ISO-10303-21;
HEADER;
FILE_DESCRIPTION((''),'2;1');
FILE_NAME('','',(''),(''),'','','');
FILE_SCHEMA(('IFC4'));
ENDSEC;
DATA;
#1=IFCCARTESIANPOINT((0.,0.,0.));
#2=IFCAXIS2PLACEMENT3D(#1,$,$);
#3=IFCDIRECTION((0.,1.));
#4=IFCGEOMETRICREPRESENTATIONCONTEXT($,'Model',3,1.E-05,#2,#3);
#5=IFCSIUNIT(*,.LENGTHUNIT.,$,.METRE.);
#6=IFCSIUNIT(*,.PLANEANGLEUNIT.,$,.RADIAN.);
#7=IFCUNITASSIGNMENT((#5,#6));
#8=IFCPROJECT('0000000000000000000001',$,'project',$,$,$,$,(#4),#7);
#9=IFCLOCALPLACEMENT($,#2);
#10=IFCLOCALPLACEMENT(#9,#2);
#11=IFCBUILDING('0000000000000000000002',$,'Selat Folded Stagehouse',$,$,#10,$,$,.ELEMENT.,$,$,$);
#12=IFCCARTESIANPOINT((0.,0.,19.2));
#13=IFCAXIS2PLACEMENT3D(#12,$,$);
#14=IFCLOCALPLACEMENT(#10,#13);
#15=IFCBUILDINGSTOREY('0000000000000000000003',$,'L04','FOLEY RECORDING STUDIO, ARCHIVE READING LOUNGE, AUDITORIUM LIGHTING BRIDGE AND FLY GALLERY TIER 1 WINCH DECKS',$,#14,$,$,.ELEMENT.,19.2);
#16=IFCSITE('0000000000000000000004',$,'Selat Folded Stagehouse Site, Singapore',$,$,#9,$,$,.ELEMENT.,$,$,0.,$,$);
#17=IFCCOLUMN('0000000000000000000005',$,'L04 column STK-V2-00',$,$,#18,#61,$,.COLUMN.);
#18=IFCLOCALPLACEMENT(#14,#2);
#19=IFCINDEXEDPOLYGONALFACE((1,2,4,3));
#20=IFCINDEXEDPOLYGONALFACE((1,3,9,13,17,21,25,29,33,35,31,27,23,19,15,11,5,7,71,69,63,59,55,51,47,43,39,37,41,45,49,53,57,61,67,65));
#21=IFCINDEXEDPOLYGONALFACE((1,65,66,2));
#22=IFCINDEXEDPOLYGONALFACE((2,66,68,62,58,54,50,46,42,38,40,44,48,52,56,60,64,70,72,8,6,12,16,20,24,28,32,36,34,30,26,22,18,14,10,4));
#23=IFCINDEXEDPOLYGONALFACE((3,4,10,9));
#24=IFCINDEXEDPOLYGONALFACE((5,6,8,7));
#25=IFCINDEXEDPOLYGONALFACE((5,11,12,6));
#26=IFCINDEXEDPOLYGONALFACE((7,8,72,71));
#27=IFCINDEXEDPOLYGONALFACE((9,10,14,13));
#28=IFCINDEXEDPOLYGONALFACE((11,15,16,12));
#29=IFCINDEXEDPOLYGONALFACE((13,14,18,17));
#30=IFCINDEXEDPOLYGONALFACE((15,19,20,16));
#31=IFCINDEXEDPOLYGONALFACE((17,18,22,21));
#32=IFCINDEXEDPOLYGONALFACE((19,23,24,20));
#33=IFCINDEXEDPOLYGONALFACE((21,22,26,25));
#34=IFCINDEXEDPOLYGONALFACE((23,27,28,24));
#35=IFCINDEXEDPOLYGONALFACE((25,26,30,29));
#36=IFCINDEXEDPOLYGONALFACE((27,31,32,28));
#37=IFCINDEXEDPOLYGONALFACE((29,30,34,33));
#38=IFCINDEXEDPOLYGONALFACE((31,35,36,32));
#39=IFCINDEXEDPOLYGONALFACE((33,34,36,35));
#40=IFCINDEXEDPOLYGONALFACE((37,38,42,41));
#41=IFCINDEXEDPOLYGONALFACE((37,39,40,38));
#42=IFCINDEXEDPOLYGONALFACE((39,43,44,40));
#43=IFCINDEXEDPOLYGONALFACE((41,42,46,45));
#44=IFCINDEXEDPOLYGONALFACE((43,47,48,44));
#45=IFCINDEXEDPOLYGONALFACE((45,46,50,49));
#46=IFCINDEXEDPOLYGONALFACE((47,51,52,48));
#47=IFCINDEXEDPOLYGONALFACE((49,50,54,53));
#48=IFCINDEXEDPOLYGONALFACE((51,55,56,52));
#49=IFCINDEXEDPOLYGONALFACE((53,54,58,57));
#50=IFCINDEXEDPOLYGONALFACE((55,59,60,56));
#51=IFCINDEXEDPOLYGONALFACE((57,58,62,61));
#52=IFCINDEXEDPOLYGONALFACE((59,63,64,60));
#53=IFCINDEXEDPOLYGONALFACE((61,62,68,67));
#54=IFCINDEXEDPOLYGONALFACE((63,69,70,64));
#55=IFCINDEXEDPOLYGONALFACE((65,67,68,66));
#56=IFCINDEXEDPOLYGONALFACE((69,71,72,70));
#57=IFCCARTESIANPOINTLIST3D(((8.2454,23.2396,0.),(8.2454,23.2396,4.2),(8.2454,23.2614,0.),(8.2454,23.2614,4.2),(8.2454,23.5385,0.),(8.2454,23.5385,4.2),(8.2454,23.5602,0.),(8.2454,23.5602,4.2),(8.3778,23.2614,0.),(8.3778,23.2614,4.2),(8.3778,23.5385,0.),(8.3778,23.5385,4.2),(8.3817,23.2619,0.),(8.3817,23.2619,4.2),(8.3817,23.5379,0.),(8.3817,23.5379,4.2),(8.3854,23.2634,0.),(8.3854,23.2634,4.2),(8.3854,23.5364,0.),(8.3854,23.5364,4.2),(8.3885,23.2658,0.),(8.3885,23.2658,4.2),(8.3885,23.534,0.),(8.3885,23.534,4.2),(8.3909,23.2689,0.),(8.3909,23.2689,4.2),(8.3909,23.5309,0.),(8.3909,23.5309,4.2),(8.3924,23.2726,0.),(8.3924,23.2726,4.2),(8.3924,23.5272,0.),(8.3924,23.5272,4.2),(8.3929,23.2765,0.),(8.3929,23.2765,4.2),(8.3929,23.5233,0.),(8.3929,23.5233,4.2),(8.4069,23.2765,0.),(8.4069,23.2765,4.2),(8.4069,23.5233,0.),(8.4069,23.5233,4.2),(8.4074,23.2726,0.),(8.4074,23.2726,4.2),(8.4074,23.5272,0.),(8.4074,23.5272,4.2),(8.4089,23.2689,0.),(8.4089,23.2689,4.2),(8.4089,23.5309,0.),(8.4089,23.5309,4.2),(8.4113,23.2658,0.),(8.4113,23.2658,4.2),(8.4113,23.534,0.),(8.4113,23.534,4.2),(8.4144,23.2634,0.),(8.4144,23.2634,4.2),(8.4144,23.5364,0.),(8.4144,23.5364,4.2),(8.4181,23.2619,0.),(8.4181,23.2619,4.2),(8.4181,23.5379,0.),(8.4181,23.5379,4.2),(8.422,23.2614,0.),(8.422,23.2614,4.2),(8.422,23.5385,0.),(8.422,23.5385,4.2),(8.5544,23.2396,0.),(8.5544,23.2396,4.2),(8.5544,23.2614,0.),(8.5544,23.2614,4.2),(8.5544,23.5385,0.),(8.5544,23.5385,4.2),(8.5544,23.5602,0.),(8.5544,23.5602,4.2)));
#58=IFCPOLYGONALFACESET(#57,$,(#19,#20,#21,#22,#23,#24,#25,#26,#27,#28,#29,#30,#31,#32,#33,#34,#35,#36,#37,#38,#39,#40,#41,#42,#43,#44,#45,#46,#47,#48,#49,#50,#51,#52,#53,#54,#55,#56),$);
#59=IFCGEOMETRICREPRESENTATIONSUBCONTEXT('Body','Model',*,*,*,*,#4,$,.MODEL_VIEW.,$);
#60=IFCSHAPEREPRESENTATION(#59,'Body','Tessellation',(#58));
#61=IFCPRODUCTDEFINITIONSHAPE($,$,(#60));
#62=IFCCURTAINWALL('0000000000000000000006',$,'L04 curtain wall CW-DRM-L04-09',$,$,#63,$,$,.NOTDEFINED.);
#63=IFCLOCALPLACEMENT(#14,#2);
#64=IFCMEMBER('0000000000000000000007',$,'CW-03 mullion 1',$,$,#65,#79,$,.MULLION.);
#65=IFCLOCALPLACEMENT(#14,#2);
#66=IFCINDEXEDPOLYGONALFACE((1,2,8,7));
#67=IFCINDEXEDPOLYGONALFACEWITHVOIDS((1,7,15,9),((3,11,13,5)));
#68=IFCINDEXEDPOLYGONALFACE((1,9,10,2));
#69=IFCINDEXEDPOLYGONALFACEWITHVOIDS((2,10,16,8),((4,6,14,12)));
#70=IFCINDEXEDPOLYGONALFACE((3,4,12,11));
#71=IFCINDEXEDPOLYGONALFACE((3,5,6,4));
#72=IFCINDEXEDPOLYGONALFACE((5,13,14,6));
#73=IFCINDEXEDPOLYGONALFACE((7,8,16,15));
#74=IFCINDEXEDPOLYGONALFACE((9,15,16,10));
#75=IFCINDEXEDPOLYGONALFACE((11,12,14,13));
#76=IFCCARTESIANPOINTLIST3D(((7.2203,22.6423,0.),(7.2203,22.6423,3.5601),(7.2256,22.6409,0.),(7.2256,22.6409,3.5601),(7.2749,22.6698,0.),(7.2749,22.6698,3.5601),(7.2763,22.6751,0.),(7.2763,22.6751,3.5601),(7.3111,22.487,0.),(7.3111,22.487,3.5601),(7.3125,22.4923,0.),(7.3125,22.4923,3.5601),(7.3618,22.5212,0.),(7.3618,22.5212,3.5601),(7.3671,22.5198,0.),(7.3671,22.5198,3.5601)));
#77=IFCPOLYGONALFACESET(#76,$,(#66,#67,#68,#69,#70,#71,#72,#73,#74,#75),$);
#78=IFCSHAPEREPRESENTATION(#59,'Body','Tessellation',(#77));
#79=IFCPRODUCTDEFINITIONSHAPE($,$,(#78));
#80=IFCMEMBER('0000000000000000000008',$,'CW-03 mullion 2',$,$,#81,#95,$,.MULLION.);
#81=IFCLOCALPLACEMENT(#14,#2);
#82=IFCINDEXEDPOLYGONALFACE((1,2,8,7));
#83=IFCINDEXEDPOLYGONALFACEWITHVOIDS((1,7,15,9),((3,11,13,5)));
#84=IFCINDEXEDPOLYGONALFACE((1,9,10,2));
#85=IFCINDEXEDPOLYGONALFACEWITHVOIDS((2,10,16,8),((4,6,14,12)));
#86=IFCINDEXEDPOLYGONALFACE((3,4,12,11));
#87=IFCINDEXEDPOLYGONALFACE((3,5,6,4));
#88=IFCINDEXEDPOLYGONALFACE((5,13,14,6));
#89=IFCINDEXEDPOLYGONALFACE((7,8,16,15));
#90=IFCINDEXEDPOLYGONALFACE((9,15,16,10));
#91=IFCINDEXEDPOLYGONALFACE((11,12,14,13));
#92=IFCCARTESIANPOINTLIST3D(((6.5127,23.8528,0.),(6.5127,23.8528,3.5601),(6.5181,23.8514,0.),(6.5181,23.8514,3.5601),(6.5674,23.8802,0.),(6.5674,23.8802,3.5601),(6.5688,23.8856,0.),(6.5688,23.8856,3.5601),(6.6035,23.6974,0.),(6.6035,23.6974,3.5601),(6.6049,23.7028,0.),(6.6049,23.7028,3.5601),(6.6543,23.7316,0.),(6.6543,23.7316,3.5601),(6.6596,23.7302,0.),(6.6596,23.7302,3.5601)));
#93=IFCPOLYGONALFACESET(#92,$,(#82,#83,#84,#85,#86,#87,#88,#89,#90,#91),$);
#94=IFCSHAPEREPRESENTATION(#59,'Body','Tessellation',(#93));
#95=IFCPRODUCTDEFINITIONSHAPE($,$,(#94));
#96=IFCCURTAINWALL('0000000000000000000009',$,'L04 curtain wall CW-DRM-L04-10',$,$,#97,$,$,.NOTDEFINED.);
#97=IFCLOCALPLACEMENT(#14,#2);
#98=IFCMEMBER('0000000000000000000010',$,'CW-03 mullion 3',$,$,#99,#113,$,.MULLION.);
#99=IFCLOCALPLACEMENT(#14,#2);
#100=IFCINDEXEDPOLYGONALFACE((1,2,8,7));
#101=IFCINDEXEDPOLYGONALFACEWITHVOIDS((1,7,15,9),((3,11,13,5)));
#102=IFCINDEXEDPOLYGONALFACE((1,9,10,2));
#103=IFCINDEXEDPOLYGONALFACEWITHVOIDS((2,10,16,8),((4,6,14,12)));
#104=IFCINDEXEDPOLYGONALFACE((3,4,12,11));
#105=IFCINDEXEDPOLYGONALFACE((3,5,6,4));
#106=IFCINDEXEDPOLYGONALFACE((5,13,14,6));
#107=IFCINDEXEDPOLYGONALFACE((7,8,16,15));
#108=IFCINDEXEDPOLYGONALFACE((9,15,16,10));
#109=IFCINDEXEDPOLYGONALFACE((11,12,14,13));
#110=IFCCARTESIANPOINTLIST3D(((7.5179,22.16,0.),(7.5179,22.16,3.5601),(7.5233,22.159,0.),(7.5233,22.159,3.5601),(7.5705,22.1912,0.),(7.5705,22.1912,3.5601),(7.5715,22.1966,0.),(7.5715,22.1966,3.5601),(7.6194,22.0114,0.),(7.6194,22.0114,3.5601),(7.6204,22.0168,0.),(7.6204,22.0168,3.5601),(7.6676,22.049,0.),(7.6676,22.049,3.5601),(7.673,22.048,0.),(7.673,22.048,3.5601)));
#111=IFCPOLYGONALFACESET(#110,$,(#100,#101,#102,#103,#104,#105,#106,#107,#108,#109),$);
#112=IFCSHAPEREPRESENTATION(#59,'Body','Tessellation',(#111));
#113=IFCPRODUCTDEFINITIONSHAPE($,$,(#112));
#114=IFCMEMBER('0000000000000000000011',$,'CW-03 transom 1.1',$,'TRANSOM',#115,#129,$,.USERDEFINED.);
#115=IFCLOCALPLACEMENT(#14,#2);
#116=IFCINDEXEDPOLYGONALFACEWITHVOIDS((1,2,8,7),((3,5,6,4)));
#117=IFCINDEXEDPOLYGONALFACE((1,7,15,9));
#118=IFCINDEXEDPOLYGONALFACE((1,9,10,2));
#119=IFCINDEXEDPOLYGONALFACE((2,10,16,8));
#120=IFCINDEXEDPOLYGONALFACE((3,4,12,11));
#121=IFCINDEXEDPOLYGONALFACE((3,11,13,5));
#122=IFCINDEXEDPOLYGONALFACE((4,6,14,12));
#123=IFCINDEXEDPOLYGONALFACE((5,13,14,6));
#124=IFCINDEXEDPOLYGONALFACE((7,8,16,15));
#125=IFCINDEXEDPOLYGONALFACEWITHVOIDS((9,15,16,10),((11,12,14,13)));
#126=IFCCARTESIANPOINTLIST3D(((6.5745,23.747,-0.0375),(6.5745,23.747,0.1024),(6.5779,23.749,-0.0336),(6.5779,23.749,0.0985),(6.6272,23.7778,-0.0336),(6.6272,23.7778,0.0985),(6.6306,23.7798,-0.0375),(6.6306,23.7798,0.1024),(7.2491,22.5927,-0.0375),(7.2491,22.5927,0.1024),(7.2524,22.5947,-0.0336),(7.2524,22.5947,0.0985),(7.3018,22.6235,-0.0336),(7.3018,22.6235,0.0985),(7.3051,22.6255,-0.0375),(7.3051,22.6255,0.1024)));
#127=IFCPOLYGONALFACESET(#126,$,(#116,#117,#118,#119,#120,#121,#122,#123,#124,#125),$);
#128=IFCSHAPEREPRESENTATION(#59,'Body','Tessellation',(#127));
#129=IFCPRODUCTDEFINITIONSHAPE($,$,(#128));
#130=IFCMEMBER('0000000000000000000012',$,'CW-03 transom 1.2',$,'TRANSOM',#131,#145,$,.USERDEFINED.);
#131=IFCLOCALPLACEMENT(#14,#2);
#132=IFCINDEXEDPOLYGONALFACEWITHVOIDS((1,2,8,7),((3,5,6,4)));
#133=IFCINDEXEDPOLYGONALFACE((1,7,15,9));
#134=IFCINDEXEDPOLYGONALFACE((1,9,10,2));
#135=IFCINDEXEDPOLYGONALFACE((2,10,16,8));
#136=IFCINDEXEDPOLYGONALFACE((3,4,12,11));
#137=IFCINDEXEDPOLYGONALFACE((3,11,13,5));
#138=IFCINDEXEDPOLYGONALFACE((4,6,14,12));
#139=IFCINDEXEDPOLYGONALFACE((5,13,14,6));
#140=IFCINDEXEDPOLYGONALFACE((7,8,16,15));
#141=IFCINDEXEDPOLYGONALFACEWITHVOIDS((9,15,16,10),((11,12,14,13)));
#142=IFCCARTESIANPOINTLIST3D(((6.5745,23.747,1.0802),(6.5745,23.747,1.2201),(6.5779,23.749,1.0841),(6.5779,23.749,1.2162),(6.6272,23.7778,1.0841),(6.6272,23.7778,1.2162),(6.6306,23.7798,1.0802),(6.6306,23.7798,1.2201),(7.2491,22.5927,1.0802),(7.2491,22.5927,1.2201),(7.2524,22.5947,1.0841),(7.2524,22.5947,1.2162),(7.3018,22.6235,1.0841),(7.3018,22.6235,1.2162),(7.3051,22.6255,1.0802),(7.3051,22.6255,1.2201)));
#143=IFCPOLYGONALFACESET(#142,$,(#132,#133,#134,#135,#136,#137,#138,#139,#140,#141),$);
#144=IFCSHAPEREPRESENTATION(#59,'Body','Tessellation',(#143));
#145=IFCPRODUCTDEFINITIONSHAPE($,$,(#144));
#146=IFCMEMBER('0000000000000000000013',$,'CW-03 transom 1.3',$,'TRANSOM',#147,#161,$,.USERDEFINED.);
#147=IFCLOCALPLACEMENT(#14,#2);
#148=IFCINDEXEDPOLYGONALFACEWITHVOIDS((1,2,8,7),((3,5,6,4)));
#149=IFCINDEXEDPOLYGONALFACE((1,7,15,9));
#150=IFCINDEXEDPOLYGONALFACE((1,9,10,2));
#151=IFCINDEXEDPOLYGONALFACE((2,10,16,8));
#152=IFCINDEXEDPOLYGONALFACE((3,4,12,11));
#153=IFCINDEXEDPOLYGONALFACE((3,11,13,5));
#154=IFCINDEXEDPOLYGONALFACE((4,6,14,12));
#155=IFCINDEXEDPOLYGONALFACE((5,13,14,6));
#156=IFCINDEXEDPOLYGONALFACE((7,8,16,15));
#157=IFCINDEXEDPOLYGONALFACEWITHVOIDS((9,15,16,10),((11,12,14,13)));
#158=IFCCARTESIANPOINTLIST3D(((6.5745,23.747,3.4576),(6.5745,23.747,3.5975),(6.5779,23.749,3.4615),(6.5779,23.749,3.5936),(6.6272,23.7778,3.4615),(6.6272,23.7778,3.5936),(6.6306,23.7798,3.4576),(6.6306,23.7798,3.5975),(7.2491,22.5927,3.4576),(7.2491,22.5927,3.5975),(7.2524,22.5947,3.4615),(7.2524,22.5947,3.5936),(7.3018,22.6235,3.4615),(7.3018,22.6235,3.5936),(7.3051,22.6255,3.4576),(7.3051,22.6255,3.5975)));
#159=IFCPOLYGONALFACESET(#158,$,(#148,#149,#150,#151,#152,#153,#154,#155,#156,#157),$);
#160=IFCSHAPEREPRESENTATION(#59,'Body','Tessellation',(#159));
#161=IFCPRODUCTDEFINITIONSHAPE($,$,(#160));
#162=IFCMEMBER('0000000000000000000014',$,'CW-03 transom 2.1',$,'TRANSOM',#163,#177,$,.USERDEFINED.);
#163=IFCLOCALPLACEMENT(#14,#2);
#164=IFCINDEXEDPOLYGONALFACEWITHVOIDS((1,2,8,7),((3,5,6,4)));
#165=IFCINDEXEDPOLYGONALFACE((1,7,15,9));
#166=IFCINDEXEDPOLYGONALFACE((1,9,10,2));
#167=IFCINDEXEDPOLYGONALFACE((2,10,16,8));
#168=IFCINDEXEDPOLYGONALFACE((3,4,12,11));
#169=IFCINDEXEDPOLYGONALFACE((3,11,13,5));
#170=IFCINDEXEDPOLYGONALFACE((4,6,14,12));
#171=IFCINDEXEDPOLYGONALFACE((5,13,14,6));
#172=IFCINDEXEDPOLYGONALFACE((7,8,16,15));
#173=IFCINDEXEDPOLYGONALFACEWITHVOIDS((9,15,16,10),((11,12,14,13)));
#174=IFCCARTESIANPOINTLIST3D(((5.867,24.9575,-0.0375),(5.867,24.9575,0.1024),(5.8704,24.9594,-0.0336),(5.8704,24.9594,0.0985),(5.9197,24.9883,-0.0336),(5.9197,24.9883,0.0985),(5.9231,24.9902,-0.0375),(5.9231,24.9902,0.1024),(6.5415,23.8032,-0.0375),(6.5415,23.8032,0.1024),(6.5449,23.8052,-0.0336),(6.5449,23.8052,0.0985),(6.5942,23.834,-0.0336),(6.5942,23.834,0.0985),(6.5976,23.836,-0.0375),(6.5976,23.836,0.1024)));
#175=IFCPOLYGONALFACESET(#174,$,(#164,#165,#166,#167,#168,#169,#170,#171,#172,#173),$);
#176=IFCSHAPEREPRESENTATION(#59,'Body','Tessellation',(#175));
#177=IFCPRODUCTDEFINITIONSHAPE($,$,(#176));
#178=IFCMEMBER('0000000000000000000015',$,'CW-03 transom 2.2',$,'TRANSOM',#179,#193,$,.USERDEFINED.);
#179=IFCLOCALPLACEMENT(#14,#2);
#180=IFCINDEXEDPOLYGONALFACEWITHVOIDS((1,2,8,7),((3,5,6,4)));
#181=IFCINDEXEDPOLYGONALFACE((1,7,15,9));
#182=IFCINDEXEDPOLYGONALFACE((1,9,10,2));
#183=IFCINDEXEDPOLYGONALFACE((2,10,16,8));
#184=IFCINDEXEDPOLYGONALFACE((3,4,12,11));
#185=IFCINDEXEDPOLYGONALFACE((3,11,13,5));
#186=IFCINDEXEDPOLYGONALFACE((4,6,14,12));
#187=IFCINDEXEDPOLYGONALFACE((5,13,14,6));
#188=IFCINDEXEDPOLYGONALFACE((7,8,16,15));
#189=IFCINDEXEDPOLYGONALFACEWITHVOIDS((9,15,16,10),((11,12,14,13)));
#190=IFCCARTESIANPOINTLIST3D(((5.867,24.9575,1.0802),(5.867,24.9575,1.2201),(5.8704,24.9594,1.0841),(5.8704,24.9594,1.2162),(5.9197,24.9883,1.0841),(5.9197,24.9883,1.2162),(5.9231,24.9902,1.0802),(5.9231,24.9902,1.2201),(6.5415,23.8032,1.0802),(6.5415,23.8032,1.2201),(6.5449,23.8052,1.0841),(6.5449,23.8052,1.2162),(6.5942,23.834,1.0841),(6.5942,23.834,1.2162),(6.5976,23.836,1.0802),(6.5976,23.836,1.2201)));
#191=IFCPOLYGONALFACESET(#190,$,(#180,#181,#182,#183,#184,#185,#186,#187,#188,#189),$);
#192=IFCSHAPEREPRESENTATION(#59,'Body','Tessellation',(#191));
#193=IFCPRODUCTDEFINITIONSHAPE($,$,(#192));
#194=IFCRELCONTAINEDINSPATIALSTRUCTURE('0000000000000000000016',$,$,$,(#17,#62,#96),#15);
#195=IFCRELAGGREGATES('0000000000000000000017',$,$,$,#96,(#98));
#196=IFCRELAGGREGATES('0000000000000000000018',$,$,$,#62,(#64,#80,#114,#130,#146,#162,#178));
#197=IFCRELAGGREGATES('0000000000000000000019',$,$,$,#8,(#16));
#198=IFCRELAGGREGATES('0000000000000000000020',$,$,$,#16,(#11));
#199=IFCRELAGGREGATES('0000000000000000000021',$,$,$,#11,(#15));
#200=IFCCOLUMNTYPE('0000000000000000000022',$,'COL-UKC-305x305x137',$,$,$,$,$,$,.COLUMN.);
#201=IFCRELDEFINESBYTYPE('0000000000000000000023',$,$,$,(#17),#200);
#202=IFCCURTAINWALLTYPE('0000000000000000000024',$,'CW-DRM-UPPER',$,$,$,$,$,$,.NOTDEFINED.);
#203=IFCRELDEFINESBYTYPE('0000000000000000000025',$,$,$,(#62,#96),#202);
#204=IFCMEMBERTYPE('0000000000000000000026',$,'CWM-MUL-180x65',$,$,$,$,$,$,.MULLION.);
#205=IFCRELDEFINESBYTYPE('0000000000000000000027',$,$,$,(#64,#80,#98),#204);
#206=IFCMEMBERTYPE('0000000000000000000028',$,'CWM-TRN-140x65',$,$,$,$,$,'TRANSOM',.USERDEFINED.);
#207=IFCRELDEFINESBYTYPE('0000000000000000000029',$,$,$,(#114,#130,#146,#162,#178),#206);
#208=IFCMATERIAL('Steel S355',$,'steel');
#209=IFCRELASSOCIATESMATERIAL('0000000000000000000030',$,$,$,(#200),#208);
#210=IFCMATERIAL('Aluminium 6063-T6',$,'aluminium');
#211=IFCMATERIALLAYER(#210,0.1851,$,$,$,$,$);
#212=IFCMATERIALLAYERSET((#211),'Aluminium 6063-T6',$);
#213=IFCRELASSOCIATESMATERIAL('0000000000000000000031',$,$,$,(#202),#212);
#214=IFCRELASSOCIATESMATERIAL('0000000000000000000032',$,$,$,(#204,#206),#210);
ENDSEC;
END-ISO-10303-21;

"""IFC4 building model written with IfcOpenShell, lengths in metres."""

from ifc_helpers import new_model, si_unit, direction, frame, origin, origin_2d, place, context, subcontext, project, spatial, hollow_rectangle, i_section, extrude, material, layer, layer_set, material_profile, profile_set, type_object, element, aggregate, save


model = new_model("IFC4")

# Units and contexts
model_context = context("Model", 3, precision=1e-05, world=origin(), true_north=direction((0.0, 1.0)))
body_context = subcontext(model_context, "Body", "Model", "MODEL_VIEW")
ifc_project = project(units=[si_unit("LENGTHUNIT", "METRE"), si_unit("PLANEANGLEUNIT", "RADIAN")], contexts=[model_context])

# Site, building, storey
site_placement = place(None, origin())
site = spatial("IfcSite", under=ifc_project, at=site_placement, Name="Selat Folded Stagehouse Site, Singapore", CompositionType="ELEMENT", RefElevation=0.0)
building_placement = place(site_placement, origin())
building = spatial("IfcBuilding", under=site, at=building_placement, Name="Selat Folded Stagehouse", CompositionType="ELEMENT")
storey_placement = place(building_placement, frame((0.0, 0.0, 19.2)))
storey = spatial("IfcBuildingStorey", under=building, at=storey_placement, Name="L04", Description="FOLEY RECORDING STUDIO, ARCHIVE READING LOUNGE, AUDITORIUM LIGHTING BRIDGE AND FLY GALLERY TIER 1 WINCH DECKS", CompositionType="ELEMENT", Elevation=19.2)

# Column
ifc_material_1 = material(Name="Steel S355", Category="steel")
ifc_material_profile_1 = material_profile(ifc_material_1, i_section(OverallWidth=0.3091, OverallDepth=0.3206, WebThickness=0.0139, FlangeThickness=0.0217, FilletRadius=0.0151, at=origin_2d()), Name="UKC 305x305x137")
ifc_profile_set_1 = profile_set([ifc_material_profile_1], Name="Steel S355")
column_type = type_object("IfcColumnType", Name="COL-UKC-305x305x137", PredefinedType="COLUMN", material=ifc_profile_set_1)
column_placement = place(storey_placement, frame((8.3999, 23.3999, 0.0), z_axis=(0.0, 0.0, 1.0), x_axis=(1.0, 0.0, 0.0)))
element("IfcColumn", 1, at=column_placement, inside=storey, type_object=column_type, Name="L04 column STK-V2-00", PredefinedType="COLUMN", context=body_context, shape_type="SweptSolid", body=[
    extrude(i_section(OverallWidth=0.3091, OverallDepth=0.3206, WebThickness=0.0139, FlangeThickness=0.0217, FilletRadius=0.0151, at=origin_2d()), origin(), (0.0, 0.0, 1.0), 4.2),
])

# Curtain wall, members
ifc_material_2 = material(Name="Aluminium 6063-T6", Category="aluminium")
ifc_layer_1 = layer(ifc_material_2, 0.1851)
ifc_layer_set_1 = layer_set([ifc_layer_1], Name="Aluminium 6063-T6")
curtain_wall_type = type_object("IfcCurtainWallType", Name="CW-DRM-UPPER", PredefinedType="NOTDEFINED", material=ifc_layer_set_1)
curtain_wall_1_placement = place(storey_placement, origin())
curtain_wall_1 = element("IfcCurtainWall", 2, at=curtain_wall_1_placement, inside=storey, type_object=curtain_wall_type, Name="L04 curtain wall CW-DRM-L04-09", PredefinedType="NOTDEFINED")
ifc_material_profile_2 = material_profile(ifc_material_2, hollow_rectangle(XDim=0.0649, YDim=0.1799, WallThickness=0.0039, at=origin_2d()), Name="ALU 180x65x4.0")
ifc_profile_set_2 = profile_set([ifc_material_profile_2], Name="Aluminium 6063-T6")
member_type_1 = type_object("IfcMemberType", Name="CWM-MUL-180x65", PredefinedType="MULLION", material=ifc_profile_set_2)
member_1_placement = place(storey_placement, frame((7.2937, 22.5811, 0.0), z_axis=(0.0, 0.0, 1.0), x_axis=(-0.863332, -0.504636, 0.0)))
member_1 = element("IfcMember", 3, at=member_1_placement, type_object=member_type_1, Name="CW-03 mullion 1", PredefinedType="MULLION", context=body_context, shape_type="SweptSolid", body=[
    extrude(hollow_rectangle(XDim=0.0649, YDim=0.1799, WallThickness=0.0039, at=origin_2d()), origin(), (0.0, 0.0, 1.0), 3.5601),
])
member_2_placement = place(storey_placement, frame((6.5862, 23.7915, 0.0), z_axis=(0.0, 0.0, 1.0), x_axis=(-0.863332, -0.504636, 0.0)))
member_2 = element("IfcMember", 4, at=member_2_placement, type_object=member_type_1, Name="CW-03 mullion 2", PredefinedType="MULLION", context=body_context, shape_type="SweptSolid", body=[
    extrude(hollow_rectangle(XDim=0.0649, YDim=0.1799, WallThickness=0.0039, at=origin_2d()), origin(), (0.0, 0.0, 1.0), 3.5601),
])

# Curtain wall, member
curtain_wall_2_placement = place(storey_placement, origin())
curtain_wall_2 = element("IfcCurtainWall", 5, at=curtain_wall_2_placement, inside=storey, type_object=curtain_wall_type, Name="L04 curtain wall CW-DRM-L04-10", PredefinedType="NOTDEFINED")
member_3_placement = place(storey_placement, frame((7.5955, 22.104, 0.0), z_axis=(0.0, 0.0, 1.0), x_axis=(-0.82581, -0.563948, 0.0)))
member_3 = element("IfcMember", 6, at=member_3_placement, type_object=member_type_1, Name="CW-03 mullion 3", PredefinedType="MULLION", context=body_context, shape_type="SweptSolid", body=[
    extrude(hollow_rectangle(XDim=0.0649, YDim=0.1799, WallThickness=0.0039, at=origin_2d()), origin(), (0.0, 0.0, 1.0), 3.5601),
])
aggregate(curtain_wall_2, [member_3])

# Members
ifc_material_profile_3 = material_profile(ifc_material_2, hollow_rectangle(XDim=0.0649, YDim=0.1399, WallThickness=0.0039, at=origin_2d()), Name="ALU 140x65x4.0")
ifc_profile_set_3 = profile_set([ifc_material_profile_3], Name="Aluminium 6063-T6")
member_type_2 = type_object("IfcMemberType", Name="CWM-TRN-140x65", ElementType="TRANSOM", PredefinedType="USERDEFINED", material=ifc_profile_set_3)
member_4_placement = place(storey_placement, frame((7.2771, 22.6091, 0.0325), z_axis=(-0.504552, 0.863381, 0.0), x_axis=(-0.863381, -0.504552, 0.0)))
member_4 = element("IfcMember", 7, at=member_4_placement, type_object=member_type_2, Name="CW-03 transom 1.1", ObjectType="TRANSOM", PredefinedType="USERDEFINED", context=body_context, shape_type="SweptSolid", body=[
    extrude(hollow_rectangle(XDim=0.0649, YDim=0.1399, WallThickness=0.0039, at=origin_2d()), origin(), (0.0, 0.0, 1.0), 1.3369),
])
member_5_placement = place(storey_placement, frame((7.2771, 22.6091, 1.1501), z_axis=(-0.504552, 0.863381, 0.0), x_axis=(-0.863381, -0.504552, 0.0)))
member_5 = element("IfcMember", 8, at=member_5_placement, type_object=member_type_2, Name="CW-03 transom 1.2", ObjectType="TRANSOM", PredefinedType="USERDEFINED", context=body_context, shape_type="SweptSolid", body=[
    extrude(hollow_rectangle(XDim=0.0649, YDim=0.1399, WallThickness=0.0039, at=origin_2d()), origin(), (0.0, 0.0, 1.0), 1.3369),
])
member_6_placement = place(storey_placement, frame((7.2771, 22.6091, 3.5276), z_axis=(-0.504552, 0.863381, 0.0), x_axis=(-0.863381, -0.504552, 0.0)))
member_6 = element("IfcMember", 9, at=member_6_placement, type_object=member_type_2, Name="CW-03 transom 1.3", ObjectType="TRANSOM", PredefinedType="USERDEFINED", context=body_context, shape_type="SweptSolid", body=[
    extrude(hollow_rectangle(XDim=0.0649, YDim=0.1399, WallThickness=0.0039, at=origin_2d()), origin(), (0.0, 0.0, 1.0), 1.3369),
])
member_7_placement = place(storey_placement, frame((6.5696, 23.8196, 0.0325), z_axis=(-0.504552, 0.863381, 0.0), x_axis=(-0.863381, -0.504552, 0.0)))
member_7 = element("IfcMember", 10, at=member_7_placement, type_object=member_type_2, Name="CW-03 transom 2.1", ObjectType="TRANSOM", PredefinedType="USERDEFINED", context=body_context, shape_type="SweptSolid", body=[
    extrude(hollow_rectangle(XDim=0.0649, YDim=0.1399, WallThickness=0.0039, at=origin_2d()), origin(), (0.0, 0.0, 1.0), 1.3369),
])
member_8_placement = place(storey_placement, frame((6.5696, 23.8196, 1.1501), z_axis=(-0.504552, 0.863381, 0.0), x_axis=(-0.863381, -0.504552, 0.0)))
member_8 = element("IfcMember", 11, at=member_8_placement, type_object=member_type_2, Name="CW-03 transom 2.2", ObjectType="TRANSOM", PredefinedType="USERDEFINED", context=body_context, shape_type="SweptSolid", body=[
    extrude(hollow_rectangle(XDim=0.0649, YDim=0.1399, WallThickness=0.0039, at=origin_2d()), origin(), (0.0, 0.0, 1.0), 1.3369),
])

aggregate(curtain_wall_1, [member_1, member_2, member_4, member_5, member_6, member_7, member_8])

save(model, "model.ifc")
